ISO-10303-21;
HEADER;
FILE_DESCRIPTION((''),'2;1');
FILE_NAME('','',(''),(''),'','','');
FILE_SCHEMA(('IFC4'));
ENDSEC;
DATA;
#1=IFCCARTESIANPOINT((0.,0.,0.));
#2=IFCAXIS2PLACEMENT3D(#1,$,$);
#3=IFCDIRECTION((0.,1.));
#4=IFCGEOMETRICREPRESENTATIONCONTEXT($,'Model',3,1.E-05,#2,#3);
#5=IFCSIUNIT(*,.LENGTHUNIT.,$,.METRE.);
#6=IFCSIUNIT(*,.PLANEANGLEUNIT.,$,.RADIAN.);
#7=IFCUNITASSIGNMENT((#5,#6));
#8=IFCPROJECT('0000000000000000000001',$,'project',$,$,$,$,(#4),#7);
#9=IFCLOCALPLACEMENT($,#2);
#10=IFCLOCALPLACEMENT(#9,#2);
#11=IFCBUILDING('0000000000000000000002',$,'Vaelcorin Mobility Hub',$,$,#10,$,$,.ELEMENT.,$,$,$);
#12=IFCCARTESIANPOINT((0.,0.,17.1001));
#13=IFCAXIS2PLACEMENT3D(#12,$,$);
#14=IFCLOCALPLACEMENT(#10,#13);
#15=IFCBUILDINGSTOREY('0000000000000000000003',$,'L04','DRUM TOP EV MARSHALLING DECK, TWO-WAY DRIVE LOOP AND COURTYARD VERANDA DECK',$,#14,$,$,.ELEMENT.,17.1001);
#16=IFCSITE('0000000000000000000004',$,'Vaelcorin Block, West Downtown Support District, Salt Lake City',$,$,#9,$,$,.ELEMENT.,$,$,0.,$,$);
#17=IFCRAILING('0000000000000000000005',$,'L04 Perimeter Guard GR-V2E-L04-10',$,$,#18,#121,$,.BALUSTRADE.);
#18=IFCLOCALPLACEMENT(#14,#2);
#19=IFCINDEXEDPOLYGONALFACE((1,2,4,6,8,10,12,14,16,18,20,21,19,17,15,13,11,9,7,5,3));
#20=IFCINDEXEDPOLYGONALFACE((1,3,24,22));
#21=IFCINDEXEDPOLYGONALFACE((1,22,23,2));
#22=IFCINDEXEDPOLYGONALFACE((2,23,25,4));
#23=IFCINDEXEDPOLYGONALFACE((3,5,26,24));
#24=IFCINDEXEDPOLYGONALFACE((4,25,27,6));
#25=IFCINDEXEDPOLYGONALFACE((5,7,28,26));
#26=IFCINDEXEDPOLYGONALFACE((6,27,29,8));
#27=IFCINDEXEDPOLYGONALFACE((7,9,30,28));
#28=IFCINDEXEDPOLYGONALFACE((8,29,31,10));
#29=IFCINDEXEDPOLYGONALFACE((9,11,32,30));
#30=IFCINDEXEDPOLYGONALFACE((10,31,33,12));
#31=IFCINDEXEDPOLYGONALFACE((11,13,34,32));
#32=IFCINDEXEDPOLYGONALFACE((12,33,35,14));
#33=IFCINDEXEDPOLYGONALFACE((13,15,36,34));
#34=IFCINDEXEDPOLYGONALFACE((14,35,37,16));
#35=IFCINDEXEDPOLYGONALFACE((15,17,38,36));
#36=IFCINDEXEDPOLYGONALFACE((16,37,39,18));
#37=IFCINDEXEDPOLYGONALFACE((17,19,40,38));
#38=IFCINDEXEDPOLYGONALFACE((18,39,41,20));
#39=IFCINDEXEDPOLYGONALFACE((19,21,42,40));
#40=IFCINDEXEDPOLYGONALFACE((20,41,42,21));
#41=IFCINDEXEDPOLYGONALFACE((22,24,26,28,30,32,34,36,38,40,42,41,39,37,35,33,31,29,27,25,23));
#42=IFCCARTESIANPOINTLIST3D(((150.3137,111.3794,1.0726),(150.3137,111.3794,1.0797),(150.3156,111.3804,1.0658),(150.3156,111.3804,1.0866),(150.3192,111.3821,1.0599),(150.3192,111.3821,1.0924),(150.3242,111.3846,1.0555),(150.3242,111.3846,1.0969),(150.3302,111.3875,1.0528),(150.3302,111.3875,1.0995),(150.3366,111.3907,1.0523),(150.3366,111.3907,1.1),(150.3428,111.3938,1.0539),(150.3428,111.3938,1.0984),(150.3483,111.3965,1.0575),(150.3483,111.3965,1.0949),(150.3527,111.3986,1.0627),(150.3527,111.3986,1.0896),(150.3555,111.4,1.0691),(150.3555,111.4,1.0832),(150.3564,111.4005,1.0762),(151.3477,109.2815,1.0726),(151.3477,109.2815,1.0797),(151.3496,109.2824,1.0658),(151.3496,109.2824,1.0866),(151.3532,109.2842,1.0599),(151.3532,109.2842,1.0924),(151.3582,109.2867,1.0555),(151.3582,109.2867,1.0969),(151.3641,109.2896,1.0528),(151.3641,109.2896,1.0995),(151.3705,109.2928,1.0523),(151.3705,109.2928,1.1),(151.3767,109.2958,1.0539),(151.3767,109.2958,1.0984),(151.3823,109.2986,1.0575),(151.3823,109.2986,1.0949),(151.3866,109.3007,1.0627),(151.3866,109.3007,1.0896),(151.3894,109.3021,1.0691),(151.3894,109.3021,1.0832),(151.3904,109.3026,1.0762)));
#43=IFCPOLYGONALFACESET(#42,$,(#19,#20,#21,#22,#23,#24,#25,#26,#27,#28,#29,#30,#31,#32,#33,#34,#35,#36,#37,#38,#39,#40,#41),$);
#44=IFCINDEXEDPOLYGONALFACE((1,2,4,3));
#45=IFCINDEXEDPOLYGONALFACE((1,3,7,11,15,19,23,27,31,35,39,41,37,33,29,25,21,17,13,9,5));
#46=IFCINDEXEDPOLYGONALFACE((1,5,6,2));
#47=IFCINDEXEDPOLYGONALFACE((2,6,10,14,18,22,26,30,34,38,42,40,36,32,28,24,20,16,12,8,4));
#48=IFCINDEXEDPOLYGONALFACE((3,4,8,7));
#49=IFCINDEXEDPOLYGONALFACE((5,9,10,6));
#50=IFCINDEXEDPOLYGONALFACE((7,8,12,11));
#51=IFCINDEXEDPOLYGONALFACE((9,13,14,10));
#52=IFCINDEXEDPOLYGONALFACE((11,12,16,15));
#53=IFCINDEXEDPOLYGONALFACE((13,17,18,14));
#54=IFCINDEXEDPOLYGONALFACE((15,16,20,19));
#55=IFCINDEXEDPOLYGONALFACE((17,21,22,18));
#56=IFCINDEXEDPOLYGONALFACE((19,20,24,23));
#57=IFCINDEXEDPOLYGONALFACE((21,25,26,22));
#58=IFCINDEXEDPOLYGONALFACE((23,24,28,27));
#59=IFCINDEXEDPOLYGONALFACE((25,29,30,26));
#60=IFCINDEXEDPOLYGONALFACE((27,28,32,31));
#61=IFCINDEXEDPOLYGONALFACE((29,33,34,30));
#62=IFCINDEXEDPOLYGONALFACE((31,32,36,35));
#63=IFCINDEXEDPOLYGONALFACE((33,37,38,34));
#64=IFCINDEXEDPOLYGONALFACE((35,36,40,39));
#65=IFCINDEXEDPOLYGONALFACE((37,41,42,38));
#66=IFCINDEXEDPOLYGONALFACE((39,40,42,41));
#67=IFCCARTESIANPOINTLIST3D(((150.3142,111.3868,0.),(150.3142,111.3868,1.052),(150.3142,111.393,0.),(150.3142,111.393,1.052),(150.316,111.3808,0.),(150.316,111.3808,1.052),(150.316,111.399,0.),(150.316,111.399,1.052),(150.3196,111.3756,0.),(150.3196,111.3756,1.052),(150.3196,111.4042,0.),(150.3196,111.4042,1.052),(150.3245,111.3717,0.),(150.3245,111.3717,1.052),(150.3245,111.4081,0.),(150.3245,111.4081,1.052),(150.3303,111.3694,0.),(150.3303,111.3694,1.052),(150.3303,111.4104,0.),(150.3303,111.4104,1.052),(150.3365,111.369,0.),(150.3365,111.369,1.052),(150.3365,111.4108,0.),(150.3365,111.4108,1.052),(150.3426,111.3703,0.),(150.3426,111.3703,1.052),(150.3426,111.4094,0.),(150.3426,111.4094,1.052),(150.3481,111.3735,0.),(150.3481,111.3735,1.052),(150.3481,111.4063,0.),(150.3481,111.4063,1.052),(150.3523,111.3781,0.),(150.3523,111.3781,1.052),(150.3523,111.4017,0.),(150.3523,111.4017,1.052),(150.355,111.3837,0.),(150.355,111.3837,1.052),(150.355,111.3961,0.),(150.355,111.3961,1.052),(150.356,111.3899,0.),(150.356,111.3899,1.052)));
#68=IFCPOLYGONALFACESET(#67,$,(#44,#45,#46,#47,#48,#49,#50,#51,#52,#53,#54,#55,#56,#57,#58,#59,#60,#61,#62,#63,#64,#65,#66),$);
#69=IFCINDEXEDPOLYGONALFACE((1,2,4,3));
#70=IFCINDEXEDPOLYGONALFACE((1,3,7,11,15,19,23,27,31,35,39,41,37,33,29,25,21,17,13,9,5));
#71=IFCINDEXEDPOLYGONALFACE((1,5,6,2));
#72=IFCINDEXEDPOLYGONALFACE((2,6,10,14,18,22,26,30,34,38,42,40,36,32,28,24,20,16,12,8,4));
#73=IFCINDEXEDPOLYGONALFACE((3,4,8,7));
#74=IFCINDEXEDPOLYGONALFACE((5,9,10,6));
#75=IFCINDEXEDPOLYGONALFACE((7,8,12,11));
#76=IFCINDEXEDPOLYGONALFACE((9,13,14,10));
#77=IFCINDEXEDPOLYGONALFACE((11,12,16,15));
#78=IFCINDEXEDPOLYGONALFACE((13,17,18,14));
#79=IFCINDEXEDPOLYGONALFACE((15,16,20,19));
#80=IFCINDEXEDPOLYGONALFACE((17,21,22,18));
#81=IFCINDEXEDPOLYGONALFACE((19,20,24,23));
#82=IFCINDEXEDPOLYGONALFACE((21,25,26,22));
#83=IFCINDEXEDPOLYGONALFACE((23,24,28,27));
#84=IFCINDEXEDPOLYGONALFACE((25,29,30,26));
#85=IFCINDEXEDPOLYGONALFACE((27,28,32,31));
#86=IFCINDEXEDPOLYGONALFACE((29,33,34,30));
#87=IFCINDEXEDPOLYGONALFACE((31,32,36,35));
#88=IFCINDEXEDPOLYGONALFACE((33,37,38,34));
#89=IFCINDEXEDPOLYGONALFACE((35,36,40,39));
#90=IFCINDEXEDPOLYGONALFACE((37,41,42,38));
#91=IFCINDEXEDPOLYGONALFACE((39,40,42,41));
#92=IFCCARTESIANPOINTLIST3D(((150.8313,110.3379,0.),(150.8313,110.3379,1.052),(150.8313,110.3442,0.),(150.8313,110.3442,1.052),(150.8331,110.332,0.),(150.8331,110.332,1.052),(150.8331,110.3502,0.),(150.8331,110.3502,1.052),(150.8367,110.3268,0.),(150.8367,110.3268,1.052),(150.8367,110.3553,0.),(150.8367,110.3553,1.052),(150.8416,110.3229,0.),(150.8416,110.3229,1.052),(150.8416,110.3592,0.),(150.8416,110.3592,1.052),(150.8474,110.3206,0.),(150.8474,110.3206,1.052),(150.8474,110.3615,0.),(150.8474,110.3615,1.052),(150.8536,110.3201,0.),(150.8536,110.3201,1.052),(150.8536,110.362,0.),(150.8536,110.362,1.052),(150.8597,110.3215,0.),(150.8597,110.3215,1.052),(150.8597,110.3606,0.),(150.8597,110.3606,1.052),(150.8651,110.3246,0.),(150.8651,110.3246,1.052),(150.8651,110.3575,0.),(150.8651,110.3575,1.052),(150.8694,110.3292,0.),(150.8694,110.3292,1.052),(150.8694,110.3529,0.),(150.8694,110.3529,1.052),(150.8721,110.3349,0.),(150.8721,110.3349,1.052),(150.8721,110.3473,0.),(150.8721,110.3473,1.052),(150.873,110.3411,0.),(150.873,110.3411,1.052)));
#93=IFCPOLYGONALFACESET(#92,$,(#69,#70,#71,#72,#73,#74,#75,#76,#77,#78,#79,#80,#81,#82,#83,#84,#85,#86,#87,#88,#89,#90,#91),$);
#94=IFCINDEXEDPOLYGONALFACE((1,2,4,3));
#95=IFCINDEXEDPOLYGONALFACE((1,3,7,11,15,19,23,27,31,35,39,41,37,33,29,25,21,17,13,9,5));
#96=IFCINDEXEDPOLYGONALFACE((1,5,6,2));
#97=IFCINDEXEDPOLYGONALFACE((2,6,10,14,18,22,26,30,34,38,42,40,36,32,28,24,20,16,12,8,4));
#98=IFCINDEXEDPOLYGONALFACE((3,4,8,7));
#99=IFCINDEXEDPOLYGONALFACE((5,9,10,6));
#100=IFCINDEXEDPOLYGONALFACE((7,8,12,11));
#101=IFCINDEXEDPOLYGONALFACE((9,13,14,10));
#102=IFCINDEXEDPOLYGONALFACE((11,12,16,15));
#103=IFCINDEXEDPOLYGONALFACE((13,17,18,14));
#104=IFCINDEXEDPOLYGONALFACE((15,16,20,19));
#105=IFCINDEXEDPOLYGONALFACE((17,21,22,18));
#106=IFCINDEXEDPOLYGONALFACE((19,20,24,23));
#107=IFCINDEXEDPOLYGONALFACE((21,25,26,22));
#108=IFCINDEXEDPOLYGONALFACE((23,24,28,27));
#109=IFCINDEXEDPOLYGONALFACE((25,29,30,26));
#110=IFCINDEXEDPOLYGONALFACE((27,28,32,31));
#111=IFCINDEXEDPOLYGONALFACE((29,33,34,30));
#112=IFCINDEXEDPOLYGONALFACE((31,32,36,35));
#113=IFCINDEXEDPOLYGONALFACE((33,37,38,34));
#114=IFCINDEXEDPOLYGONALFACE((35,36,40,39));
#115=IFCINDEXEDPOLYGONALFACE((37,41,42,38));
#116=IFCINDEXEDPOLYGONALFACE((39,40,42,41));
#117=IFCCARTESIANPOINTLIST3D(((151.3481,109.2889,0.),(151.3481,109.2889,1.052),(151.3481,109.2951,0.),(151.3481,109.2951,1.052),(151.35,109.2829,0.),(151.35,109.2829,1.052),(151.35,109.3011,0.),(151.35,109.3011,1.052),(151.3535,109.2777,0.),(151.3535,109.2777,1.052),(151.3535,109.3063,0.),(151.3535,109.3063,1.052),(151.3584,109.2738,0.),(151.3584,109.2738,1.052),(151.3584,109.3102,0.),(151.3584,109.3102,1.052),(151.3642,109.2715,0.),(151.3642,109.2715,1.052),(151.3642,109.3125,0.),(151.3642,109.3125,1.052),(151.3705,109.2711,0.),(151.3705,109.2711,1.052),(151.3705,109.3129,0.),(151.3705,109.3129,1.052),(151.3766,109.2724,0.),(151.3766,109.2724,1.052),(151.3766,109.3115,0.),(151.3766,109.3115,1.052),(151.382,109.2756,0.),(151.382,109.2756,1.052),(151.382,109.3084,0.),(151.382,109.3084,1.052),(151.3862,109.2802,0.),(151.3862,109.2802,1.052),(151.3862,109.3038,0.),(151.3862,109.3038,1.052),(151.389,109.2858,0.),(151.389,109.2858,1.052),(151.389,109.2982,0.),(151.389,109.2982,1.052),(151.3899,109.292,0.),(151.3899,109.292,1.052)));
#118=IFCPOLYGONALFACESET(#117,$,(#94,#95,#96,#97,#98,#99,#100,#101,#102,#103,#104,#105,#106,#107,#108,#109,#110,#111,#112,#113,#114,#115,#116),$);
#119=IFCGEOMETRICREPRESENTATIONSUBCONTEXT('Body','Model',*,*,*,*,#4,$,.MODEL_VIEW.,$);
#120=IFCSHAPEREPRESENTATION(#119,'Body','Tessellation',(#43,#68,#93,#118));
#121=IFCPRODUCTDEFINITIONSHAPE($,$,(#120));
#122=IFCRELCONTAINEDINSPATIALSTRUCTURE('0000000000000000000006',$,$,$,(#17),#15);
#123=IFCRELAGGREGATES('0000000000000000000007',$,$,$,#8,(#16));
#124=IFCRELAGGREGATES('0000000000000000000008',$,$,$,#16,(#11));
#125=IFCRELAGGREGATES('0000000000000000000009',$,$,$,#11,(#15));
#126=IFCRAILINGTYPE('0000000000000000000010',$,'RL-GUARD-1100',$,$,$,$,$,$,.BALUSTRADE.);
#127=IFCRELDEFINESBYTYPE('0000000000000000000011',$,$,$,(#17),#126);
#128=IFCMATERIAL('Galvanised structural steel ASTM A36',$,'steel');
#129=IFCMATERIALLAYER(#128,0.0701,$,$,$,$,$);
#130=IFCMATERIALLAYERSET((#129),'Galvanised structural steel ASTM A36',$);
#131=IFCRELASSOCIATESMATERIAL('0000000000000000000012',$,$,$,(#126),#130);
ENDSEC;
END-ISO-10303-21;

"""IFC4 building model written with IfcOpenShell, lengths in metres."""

from ifc_helpers import new_model, si_unit, direction, frame, origin, origin_2d, place, context, subcontext, project, spatial, circle, extrude, material, layer, layer_set, type_object, element, save


model = new_model("IFC4")

# Units and contexts
model_context = context("Model", 3, precision=1e-05, world=origin(), true_north=direction((0.0, 1.0)))
body_context = subcontext(model_context, "Body", "Model", "MODEL_VIEW")
ifc_project = project(units=[si_unit("LENGTHUNIT", "METRE"), si_unit("PLANEANGLEUNIT", "RADIAN")], contexts=[model_context])

# Site, building, storey
site_placement = place(None, origin())
site = spatial("IfcSite", under=ifc_project, at=site_placement, Name="Vaelcorin Block, West Downtown Support District, Salt Lake City", CompositionType="ELEMENT", RefElevation=0.0)
building_placement = place(site_placement, origin())
building = spatial("IfcBuilding", under=site, at=building_placement, Name="Vaelcorin Mobility Hub", CompositionType="ELEMENT")
storey_placement = place(building_placement, frame((0.0, 0.0, 17.1001)))
storey = spatial("IfcBuildingStorey", under=building, at=storey_placement, Name="L04", Description="DRUM TOP EV MARSHALLING DECK, TWO-WAY DRIVE LOOP AND COURTYARD VERANDA DECK", CompositionType="ELEMENT", Elevation=17.1001)

# Railing
ifc_material_1 = material(Name="Galvanised structural steel ASTM A36", Category="steel")
ifc_layer_1 = layer(ifc_material_1, 0.0701)
ifc_layer_set_1 = layer_set([ifc_layer_1], Name="Galvanised structural steel ASTM A36")
railing_type = type_object("IfcRailingType", Name="RL-GUARD-1100", PredefinedType="BALUSTRADE", material=ifc_layer_set_1)
railing_1_placement = place(storey_placement, frame((150.335, 111.3899, 0.0)))
element("IfcRailing", 1, at=railing_1_placement, inside=storey, type_object=railing_type, Name="L04 Perimeter Guard GR-V2E-L04-10", PredefinedType="BALUSTRADE", context=body_context, shape_type="SweptSolid", body=[
    extrude(circle(Radius=0.0239, at=origin_2d()), frame((0.0, 0.0, 1.0762), z_axis=(0.44207, -0.89698, 0.0), x_axis=(0.89698, 0.44207, 0.0)), (0.0, 0.0, 1.0), 2.3389),
    extrude(circle(Radius=0.021, at=origin_2d()), origin(), (0.0, 0.0, 1.0), 1.052),
    extrude(circle(Radius=0.021, at=origin_2d()), frame((0.5171, -1.0488, 0.0)), (0.0, 0.0, 1.0), 1.052),
    extrude(circle(Radius=0.021, at=origin_2d()), frame((1.0339, -2.0979, 0.0)), (0.0, 0.0, 1.0), 1.052),
])

save(model, "model.ifc")
